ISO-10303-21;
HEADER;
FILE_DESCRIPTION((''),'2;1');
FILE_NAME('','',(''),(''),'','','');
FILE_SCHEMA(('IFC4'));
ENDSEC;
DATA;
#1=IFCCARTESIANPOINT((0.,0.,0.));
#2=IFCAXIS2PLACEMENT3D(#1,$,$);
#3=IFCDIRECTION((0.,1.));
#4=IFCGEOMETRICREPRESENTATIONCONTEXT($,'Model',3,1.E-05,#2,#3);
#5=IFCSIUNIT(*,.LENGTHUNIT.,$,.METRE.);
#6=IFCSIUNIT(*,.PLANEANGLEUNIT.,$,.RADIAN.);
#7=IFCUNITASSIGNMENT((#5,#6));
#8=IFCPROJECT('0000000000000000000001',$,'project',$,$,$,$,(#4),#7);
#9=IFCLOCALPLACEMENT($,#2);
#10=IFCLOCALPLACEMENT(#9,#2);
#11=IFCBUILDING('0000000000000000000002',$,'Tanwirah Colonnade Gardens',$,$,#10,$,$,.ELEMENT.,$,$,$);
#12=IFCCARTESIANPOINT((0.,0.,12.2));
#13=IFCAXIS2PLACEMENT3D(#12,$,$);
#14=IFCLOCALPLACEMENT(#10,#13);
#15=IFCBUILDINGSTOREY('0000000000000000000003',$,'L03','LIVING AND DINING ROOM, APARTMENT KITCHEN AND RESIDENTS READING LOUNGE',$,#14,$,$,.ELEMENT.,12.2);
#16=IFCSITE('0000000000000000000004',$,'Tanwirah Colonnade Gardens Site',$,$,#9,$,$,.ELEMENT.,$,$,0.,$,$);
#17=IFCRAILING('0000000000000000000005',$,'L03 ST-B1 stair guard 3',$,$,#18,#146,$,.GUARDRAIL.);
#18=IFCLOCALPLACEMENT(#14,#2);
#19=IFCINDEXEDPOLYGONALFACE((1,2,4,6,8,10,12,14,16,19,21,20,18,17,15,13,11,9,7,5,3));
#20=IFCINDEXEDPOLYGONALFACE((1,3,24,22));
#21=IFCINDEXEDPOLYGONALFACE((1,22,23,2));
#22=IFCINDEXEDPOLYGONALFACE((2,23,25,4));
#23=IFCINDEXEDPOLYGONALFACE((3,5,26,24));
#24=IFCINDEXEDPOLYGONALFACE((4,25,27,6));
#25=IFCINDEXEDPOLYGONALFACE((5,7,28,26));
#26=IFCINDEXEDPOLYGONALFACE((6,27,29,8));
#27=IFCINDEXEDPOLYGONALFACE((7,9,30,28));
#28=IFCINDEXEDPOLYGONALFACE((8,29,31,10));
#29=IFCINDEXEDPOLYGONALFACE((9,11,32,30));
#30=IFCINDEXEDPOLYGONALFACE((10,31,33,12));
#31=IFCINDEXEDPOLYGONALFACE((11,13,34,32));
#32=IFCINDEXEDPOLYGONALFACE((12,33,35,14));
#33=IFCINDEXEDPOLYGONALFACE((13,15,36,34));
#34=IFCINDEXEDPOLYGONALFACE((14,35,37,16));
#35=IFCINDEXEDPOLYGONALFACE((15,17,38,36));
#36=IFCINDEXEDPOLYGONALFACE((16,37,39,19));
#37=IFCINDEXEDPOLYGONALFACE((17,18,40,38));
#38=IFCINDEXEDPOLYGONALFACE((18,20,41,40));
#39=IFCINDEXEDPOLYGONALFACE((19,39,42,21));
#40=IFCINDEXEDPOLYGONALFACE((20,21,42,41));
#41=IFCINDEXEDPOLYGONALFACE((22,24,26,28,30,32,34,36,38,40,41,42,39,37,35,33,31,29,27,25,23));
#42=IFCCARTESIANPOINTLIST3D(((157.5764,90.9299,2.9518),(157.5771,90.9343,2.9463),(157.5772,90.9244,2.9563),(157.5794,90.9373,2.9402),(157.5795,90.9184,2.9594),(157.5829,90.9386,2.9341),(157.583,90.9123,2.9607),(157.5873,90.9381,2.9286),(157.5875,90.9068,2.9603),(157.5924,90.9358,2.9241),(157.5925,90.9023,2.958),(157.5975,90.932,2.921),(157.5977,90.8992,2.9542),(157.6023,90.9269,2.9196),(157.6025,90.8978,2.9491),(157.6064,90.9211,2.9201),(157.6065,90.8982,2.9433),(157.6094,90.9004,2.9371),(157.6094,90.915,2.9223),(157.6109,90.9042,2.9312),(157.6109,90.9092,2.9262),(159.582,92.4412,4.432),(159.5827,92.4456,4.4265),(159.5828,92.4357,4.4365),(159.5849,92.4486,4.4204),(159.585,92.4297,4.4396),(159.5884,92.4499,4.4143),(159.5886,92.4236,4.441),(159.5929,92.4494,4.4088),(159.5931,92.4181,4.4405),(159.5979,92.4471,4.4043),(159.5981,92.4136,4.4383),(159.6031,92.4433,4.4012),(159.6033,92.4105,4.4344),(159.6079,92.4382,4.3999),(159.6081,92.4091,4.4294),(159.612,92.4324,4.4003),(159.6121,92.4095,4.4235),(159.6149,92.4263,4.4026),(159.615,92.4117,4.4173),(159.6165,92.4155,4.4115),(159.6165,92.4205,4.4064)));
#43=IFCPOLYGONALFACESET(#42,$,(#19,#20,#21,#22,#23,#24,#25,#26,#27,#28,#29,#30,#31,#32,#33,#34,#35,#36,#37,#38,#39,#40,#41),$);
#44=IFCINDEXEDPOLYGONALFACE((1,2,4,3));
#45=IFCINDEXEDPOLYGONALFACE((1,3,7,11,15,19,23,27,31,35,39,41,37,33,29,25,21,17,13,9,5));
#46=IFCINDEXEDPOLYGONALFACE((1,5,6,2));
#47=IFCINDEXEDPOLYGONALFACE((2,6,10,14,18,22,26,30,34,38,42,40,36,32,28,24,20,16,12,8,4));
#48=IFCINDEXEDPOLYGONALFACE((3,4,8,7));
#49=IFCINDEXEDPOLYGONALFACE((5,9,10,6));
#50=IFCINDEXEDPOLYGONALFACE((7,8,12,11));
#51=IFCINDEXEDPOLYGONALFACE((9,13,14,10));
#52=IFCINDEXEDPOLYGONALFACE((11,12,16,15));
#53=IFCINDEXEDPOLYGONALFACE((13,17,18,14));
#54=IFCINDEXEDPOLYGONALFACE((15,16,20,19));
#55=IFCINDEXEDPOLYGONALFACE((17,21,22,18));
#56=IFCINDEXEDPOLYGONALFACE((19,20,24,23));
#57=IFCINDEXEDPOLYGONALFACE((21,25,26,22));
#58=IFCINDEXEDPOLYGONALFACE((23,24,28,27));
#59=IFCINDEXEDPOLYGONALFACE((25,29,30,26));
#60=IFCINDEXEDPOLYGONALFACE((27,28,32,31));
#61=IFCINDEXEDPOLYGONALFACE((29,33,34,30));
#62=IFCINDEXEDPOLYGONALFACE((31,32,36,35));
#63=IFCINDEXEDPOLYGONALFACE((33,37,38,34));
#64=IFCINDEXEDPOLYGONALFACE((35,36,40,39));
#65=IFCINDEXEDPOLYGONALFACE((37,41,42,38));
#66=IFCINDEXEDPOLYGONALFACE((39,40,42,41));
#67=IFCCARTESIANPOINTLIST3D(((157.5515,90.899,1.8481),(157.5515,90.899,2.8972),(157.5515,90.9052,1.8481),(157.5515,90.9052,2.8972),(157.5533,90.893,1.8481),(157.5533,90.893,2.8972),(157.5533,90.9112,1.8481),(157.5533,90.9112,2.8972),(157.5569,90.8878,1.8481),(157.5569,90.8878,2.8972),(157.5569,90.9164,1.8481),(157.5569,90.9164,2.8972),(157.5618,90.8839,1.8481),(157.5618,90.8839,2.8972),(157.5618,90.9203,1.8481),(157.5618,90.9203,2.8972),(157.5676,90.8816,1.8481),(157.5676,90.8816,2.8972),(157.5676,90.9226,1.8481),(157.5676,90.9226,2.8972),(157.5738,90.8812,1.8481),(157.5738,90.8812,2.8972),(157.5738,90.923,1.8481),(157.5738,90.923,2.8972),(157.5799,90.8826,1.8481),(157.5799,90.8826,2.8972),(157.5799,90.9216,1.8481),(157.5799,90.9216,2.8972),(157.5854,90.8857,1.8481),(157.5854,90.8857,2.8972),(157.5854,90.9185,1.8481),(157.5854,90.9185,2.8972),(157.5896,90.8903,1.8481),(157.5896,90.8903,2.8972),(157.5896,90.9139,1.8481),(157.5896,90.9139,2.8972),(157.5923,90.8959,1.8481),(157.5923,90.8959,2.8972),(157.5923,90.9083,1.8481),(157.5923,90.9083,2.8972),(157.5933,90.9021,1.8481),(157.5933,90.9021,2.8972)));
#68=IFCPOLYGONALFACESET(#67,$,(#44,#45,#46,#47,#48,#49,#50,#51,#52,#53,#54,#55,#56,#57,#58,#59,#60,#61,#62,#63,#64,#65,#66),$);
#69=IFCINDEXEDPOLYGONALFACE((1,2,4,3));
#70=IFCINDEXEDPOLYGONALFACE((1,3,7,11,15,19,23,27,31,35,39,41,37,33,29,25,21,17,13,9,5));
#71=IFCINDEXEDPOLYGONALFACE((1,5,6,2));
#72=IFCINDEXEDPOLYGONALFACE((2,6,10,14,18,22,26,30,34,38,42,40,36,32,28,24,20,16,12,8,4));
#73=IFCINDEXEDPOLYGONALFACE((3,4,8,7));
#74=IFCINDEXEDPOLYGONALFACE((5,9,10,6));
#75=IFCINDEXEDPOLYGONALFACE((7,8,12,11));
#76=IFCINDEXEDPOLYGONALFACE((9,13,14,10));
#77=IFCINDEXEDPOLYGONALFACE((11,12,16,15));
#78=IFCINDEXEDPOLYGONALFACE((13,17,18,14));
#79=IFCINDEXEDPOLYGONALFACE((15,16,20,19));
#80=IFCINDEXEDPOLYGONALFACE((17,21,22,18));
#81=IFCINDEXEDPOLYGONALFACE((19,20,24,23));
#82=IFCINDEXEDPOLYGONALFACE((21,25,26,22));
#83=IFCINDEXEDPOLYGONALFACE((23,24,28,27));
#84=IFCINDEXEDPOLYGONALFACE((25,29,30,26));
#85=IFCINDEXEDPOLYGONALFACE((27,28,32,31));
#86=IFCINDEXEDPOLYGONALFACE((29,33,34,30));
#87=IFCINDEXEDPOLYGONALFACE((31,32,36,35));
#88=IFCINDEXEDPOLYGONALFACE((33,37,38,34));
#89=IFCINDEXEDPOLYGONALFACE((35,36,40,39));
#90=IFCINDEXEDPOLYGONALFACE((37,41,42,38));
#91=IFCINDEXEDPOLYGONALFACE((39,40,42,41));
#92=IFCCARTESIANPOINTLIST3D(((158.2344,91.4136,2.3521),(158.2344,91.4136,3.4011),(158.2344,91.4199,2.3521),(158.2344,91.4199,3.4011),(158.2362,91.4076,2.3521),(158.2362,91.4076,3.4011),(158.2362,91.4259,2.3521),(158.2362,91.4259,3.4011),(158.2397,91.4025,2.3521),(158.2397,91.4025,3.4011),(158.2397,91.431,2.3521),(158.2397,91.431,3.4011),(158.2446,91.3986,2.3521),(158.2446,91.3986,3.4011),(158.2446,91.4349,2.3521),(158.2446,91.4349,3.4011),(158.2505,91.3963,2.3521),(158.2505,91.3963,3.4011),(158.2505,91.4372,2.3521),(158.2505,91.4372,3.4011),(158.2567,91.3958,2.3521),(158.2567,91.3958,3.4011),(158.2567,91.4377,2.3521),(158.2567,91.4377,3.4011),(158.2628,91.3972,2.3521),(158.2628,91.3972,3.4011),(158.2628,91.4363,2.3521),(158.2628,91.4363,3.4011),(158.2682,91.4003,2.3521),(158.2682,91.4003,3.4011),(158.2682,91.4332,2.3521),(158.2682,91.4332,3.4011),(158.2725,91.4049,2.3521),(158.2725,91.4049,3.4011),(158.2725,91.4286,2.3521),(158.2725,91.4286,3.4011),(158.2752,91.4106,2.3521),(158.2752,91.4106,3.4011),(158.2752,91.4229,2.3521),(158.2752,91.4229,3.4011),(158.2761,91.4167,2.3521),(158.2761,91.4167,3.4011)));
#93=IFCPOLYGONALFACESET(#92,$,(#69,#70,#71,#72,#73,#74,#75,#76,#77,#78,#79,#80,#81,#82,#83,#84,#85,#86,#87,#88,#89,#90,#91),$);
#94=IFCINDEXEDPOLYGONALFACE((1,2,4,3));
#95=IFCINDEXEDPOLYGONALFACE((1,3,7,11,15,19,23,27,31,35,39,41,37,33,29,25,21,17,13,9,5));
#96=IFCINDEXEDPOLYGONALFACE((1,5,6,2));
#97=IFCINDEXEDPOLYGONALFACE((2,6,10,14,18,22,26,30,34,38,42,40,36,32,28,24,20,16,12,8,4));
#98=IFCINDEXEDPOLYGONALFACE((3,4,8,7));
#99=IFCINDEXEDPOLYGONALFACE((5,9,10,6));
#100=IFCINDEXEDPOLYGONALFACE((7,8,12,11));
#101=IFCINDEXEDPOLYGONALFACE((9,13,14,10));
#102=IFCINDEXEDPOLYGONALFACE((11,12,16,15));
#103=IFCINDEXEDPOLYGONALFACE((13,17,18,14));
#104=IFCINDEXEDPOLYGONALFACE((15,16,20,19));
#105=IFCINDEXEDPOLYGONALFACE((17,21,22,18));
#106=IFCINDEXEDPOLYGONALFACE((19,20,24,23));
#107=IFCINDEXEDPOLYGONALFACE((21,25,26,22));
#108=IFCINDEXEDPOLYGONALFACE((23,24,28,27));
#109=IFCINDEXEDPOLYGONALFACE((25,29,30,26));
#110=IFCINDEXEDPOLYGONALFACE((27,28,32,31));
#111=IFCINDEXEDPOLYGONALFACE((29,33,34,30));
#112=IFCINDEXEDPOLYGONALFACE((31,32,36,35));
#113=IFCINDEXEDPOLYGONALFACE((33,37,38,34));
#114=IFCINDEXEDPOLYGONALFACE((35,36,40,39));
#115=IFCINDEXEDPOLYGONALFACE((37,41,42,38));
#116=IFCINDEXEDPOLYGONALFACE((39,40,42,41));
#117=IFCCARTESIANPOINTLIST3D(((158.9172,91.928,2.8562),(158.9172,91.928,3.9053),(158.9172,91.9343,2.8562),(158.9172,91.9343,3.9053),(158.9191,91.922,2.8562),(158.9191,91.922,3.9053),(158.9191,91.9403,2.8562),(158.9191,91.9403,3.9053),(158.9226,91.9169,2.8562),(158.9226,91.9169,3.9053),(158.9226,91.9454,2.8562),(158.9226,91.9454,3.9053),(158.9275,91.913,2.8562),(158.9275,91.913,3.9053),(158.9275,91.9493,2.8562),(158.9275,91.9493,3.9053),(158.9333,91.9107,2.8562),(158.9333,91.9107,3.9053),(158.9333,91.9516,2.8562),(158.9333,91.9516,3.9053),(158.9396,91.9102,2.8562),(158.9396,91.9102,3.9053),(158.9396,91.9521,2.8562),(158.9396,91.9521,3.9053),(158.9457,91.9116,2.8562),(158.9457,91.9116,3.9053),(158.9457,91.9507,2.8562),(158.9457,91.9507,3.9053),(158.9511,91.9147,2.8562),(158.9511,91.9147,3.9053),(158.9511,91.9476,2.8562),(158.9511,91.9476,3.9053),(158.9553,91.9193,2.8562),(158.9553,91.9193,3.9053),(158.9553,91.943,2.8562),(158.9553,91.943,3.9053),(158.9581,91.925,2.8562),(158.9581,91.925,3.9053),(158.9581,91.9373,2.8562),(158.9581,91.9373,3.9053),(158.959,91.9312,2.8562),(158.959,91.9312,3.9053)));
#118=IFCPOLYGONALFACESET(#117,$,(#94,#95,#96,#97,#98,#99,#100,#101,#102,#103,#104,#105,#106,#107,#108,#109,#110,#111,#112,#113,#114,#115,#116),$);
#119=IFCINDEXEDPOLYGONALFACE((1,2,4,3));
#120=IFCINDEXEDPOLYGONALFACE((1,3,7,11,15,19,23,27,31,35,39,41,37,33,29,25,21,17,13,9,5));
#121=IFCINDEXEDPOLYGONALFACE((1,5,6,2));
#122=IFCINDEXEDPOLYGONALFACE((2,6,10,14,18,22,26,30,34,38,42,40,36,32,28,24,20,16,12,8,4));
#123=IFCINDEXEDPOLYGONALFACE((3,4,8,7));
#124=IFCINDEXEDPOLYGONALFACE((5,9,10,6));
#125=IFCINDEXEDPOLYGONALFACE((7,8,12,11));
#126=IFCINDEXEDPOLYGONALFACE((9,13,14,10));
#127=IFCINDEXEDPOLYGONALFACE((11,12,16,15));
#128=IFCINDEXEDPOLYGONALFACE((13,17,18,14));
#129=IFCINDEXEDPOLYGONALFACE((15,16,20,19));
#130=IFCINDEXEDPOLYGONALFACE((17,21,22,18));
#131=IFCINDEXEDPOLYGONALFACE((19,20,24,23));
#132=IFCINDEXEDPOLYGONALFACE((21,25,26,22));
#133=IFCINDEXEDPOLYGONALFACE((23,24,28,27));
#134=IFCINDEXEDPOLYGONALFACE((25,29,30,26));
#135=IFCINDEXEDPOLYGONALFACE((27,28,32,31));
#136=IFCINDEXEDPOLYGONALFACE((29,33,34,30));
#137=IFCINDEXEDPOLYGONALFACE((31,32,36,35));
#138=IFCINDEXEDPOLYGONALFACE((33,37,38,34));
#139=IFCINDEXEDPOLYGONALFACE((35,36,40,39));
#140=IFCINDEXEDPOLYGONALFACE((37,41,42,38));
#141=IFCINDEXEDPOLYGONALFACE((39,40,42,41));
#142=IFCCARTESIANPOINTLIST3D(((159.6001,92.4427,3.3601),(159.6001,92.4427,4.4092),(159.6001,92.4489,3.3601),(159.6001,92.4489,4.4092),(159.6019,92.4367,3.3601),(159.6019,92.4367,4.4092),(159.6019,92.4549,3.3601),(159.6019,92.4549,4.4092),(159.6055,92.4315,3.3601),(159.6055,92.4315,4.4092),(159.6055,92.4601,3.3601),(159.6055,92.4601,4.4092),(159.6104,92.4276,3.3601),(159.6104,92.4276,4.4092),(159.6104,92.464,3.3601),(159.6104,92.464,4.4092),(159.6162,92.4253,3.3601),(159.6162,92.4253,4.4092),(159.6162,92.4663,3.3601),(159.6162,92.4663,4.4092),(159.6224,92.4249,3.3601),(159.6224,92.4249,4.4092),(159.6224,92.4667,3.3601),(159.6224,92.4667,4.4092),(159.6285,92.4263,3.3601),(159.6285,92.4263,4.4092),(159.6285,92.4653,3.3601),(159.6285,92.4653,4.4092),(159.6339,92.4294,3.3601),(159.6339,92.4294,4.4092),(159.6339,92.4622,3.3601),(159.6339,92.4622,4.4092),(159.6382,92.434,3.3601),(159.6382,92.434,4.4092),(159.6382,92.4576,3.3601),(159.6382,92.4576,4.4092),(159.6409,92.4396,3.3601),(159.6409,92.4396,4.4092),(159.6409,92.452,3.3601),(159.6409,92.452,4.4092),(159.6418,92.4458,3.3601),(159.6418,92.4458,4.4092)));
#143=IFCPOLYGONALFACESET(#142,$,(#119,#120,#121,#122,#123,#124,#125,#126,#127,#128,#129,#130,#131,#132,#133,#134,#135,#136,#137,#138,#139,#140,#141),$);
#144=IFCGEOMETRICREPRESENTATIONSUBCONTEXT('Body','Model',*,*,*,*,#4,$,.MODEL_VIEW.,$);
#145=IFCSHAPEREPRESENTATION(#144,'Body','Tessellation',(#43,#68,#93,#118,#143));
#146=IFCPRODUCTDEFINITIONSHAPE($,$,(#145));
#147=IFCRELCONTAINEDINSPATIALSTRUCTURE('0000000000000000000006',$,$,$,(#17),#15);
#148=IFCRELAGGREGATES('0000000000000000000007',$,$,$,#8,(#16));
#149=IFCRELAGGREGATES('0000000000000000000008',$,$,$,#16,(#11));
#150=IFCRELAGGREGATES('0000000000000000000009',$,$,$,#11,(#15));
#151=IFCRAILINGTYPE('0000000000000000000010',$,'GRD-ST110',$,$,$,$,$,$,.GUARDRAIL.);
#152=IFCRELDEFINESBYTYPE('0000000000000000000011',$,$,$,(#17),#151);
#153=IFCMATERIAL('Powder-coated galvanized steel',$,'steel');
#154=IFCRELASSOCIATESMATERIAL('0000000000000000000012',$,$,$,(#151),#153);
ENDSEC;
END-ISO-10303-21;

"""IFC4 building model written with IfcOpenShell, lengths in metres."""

from ifc_helpers import new_model, si_unit, direction, frame, origin, origin_2d, place, context, subcontext, project, spatial, circle, extrude, material, type_object, element, save


model = new_model("IFC4")

# Units and contexts
model_context = context("Model", 3, precision=1e-05, world=origin(), true_north=direction((0.0, 1.0)))
body_context = subcontext(model_context, "Body", "Model", "MODEL_VIEW")
ifc_project = project(units=[si_unit("LENGTHUNIT", "METRE"), si_unit("PLANEANGLEUNIT", "RADIAN")], contexts=[model_context])

# Site, building, storey
site_placement = place(None, origin())
site = spatial("IfcSite", under=ifc_project, at=site_placement, Name="Tanwirah Colonnade Gardens Site", CompositionType="ELEMENT", RefElevation=0.0)
building_placement = place(site_placement, origin())
building = spatial("IfcBuilding", under=site, at=building_placement, Name="Tanwirah Colonnade Gardens", CompositionType="ELEMENT")
storey_placement = place(building_placement, frame((0.0, 0.0, 12.2)))
storey = spatial("IfcBuildingStorey", under=building, at=storey_placement, Name="L03", Description="LIVING AND DINING ROOM, APARTMENT KITCHEN AND RESIDENTS READING LOUNGE", CompositionType="ELEMENT", Elevation=12.2)

# Railing
ifc_material_1 = material(Name="Powder-coated galvanized steel", Category="steel")
railing_type_1 = type_object("IfcRailingType", Name="GRD-ST110", PredefinedType="GUARDRAIL", material=ifc_material_1)
railing_1_placement = place(storey_placement, frame((157.5723, 90.9021, 1.8481)))
element("IfcRailing", 1, at=railing_1_placement, inside=storey, type_object=railing_type_1, Name="L03 ST-B1 stair guard 3", PredefinedType="GUARDRAIL", context=body_context, shape_type="SweptSolid", body=[
    extrude(circle(Radius=0.0239, at=origin_2d()), frame((0.0215, 0.0161, 1.092), z_axis=(0.688012, 0.518449, 0.507789), x_axis=(-0.601811, 0.798639, 0.0)), (0.0, 0.0, 1.0), 2.915),
    extrude(circle(Radius=0.021, at=origin_2d()), origin(), (0.0, 0.0, 1.0), 1.0491),
    extrude(circle(Radius=0.021, at=origin_2d()), frame((0.6829, 0.5146, 0.5039)), (0.0, 0.0, 1.0), 1.0491),
    extrude(circle(Radius=0.021, at=origin_2d()), frame((1.3657, 1.0291, 1.0081)), (0.0, 0.0, 1.0), 1.0491),
    extrude(circle(Radius=0.021, at=origin_2d()), frame((2.0486, 1.5437, 1.512)), (0.0, 0.0, 1.0), 1.0491),
])

save(model, "model.ifc")
